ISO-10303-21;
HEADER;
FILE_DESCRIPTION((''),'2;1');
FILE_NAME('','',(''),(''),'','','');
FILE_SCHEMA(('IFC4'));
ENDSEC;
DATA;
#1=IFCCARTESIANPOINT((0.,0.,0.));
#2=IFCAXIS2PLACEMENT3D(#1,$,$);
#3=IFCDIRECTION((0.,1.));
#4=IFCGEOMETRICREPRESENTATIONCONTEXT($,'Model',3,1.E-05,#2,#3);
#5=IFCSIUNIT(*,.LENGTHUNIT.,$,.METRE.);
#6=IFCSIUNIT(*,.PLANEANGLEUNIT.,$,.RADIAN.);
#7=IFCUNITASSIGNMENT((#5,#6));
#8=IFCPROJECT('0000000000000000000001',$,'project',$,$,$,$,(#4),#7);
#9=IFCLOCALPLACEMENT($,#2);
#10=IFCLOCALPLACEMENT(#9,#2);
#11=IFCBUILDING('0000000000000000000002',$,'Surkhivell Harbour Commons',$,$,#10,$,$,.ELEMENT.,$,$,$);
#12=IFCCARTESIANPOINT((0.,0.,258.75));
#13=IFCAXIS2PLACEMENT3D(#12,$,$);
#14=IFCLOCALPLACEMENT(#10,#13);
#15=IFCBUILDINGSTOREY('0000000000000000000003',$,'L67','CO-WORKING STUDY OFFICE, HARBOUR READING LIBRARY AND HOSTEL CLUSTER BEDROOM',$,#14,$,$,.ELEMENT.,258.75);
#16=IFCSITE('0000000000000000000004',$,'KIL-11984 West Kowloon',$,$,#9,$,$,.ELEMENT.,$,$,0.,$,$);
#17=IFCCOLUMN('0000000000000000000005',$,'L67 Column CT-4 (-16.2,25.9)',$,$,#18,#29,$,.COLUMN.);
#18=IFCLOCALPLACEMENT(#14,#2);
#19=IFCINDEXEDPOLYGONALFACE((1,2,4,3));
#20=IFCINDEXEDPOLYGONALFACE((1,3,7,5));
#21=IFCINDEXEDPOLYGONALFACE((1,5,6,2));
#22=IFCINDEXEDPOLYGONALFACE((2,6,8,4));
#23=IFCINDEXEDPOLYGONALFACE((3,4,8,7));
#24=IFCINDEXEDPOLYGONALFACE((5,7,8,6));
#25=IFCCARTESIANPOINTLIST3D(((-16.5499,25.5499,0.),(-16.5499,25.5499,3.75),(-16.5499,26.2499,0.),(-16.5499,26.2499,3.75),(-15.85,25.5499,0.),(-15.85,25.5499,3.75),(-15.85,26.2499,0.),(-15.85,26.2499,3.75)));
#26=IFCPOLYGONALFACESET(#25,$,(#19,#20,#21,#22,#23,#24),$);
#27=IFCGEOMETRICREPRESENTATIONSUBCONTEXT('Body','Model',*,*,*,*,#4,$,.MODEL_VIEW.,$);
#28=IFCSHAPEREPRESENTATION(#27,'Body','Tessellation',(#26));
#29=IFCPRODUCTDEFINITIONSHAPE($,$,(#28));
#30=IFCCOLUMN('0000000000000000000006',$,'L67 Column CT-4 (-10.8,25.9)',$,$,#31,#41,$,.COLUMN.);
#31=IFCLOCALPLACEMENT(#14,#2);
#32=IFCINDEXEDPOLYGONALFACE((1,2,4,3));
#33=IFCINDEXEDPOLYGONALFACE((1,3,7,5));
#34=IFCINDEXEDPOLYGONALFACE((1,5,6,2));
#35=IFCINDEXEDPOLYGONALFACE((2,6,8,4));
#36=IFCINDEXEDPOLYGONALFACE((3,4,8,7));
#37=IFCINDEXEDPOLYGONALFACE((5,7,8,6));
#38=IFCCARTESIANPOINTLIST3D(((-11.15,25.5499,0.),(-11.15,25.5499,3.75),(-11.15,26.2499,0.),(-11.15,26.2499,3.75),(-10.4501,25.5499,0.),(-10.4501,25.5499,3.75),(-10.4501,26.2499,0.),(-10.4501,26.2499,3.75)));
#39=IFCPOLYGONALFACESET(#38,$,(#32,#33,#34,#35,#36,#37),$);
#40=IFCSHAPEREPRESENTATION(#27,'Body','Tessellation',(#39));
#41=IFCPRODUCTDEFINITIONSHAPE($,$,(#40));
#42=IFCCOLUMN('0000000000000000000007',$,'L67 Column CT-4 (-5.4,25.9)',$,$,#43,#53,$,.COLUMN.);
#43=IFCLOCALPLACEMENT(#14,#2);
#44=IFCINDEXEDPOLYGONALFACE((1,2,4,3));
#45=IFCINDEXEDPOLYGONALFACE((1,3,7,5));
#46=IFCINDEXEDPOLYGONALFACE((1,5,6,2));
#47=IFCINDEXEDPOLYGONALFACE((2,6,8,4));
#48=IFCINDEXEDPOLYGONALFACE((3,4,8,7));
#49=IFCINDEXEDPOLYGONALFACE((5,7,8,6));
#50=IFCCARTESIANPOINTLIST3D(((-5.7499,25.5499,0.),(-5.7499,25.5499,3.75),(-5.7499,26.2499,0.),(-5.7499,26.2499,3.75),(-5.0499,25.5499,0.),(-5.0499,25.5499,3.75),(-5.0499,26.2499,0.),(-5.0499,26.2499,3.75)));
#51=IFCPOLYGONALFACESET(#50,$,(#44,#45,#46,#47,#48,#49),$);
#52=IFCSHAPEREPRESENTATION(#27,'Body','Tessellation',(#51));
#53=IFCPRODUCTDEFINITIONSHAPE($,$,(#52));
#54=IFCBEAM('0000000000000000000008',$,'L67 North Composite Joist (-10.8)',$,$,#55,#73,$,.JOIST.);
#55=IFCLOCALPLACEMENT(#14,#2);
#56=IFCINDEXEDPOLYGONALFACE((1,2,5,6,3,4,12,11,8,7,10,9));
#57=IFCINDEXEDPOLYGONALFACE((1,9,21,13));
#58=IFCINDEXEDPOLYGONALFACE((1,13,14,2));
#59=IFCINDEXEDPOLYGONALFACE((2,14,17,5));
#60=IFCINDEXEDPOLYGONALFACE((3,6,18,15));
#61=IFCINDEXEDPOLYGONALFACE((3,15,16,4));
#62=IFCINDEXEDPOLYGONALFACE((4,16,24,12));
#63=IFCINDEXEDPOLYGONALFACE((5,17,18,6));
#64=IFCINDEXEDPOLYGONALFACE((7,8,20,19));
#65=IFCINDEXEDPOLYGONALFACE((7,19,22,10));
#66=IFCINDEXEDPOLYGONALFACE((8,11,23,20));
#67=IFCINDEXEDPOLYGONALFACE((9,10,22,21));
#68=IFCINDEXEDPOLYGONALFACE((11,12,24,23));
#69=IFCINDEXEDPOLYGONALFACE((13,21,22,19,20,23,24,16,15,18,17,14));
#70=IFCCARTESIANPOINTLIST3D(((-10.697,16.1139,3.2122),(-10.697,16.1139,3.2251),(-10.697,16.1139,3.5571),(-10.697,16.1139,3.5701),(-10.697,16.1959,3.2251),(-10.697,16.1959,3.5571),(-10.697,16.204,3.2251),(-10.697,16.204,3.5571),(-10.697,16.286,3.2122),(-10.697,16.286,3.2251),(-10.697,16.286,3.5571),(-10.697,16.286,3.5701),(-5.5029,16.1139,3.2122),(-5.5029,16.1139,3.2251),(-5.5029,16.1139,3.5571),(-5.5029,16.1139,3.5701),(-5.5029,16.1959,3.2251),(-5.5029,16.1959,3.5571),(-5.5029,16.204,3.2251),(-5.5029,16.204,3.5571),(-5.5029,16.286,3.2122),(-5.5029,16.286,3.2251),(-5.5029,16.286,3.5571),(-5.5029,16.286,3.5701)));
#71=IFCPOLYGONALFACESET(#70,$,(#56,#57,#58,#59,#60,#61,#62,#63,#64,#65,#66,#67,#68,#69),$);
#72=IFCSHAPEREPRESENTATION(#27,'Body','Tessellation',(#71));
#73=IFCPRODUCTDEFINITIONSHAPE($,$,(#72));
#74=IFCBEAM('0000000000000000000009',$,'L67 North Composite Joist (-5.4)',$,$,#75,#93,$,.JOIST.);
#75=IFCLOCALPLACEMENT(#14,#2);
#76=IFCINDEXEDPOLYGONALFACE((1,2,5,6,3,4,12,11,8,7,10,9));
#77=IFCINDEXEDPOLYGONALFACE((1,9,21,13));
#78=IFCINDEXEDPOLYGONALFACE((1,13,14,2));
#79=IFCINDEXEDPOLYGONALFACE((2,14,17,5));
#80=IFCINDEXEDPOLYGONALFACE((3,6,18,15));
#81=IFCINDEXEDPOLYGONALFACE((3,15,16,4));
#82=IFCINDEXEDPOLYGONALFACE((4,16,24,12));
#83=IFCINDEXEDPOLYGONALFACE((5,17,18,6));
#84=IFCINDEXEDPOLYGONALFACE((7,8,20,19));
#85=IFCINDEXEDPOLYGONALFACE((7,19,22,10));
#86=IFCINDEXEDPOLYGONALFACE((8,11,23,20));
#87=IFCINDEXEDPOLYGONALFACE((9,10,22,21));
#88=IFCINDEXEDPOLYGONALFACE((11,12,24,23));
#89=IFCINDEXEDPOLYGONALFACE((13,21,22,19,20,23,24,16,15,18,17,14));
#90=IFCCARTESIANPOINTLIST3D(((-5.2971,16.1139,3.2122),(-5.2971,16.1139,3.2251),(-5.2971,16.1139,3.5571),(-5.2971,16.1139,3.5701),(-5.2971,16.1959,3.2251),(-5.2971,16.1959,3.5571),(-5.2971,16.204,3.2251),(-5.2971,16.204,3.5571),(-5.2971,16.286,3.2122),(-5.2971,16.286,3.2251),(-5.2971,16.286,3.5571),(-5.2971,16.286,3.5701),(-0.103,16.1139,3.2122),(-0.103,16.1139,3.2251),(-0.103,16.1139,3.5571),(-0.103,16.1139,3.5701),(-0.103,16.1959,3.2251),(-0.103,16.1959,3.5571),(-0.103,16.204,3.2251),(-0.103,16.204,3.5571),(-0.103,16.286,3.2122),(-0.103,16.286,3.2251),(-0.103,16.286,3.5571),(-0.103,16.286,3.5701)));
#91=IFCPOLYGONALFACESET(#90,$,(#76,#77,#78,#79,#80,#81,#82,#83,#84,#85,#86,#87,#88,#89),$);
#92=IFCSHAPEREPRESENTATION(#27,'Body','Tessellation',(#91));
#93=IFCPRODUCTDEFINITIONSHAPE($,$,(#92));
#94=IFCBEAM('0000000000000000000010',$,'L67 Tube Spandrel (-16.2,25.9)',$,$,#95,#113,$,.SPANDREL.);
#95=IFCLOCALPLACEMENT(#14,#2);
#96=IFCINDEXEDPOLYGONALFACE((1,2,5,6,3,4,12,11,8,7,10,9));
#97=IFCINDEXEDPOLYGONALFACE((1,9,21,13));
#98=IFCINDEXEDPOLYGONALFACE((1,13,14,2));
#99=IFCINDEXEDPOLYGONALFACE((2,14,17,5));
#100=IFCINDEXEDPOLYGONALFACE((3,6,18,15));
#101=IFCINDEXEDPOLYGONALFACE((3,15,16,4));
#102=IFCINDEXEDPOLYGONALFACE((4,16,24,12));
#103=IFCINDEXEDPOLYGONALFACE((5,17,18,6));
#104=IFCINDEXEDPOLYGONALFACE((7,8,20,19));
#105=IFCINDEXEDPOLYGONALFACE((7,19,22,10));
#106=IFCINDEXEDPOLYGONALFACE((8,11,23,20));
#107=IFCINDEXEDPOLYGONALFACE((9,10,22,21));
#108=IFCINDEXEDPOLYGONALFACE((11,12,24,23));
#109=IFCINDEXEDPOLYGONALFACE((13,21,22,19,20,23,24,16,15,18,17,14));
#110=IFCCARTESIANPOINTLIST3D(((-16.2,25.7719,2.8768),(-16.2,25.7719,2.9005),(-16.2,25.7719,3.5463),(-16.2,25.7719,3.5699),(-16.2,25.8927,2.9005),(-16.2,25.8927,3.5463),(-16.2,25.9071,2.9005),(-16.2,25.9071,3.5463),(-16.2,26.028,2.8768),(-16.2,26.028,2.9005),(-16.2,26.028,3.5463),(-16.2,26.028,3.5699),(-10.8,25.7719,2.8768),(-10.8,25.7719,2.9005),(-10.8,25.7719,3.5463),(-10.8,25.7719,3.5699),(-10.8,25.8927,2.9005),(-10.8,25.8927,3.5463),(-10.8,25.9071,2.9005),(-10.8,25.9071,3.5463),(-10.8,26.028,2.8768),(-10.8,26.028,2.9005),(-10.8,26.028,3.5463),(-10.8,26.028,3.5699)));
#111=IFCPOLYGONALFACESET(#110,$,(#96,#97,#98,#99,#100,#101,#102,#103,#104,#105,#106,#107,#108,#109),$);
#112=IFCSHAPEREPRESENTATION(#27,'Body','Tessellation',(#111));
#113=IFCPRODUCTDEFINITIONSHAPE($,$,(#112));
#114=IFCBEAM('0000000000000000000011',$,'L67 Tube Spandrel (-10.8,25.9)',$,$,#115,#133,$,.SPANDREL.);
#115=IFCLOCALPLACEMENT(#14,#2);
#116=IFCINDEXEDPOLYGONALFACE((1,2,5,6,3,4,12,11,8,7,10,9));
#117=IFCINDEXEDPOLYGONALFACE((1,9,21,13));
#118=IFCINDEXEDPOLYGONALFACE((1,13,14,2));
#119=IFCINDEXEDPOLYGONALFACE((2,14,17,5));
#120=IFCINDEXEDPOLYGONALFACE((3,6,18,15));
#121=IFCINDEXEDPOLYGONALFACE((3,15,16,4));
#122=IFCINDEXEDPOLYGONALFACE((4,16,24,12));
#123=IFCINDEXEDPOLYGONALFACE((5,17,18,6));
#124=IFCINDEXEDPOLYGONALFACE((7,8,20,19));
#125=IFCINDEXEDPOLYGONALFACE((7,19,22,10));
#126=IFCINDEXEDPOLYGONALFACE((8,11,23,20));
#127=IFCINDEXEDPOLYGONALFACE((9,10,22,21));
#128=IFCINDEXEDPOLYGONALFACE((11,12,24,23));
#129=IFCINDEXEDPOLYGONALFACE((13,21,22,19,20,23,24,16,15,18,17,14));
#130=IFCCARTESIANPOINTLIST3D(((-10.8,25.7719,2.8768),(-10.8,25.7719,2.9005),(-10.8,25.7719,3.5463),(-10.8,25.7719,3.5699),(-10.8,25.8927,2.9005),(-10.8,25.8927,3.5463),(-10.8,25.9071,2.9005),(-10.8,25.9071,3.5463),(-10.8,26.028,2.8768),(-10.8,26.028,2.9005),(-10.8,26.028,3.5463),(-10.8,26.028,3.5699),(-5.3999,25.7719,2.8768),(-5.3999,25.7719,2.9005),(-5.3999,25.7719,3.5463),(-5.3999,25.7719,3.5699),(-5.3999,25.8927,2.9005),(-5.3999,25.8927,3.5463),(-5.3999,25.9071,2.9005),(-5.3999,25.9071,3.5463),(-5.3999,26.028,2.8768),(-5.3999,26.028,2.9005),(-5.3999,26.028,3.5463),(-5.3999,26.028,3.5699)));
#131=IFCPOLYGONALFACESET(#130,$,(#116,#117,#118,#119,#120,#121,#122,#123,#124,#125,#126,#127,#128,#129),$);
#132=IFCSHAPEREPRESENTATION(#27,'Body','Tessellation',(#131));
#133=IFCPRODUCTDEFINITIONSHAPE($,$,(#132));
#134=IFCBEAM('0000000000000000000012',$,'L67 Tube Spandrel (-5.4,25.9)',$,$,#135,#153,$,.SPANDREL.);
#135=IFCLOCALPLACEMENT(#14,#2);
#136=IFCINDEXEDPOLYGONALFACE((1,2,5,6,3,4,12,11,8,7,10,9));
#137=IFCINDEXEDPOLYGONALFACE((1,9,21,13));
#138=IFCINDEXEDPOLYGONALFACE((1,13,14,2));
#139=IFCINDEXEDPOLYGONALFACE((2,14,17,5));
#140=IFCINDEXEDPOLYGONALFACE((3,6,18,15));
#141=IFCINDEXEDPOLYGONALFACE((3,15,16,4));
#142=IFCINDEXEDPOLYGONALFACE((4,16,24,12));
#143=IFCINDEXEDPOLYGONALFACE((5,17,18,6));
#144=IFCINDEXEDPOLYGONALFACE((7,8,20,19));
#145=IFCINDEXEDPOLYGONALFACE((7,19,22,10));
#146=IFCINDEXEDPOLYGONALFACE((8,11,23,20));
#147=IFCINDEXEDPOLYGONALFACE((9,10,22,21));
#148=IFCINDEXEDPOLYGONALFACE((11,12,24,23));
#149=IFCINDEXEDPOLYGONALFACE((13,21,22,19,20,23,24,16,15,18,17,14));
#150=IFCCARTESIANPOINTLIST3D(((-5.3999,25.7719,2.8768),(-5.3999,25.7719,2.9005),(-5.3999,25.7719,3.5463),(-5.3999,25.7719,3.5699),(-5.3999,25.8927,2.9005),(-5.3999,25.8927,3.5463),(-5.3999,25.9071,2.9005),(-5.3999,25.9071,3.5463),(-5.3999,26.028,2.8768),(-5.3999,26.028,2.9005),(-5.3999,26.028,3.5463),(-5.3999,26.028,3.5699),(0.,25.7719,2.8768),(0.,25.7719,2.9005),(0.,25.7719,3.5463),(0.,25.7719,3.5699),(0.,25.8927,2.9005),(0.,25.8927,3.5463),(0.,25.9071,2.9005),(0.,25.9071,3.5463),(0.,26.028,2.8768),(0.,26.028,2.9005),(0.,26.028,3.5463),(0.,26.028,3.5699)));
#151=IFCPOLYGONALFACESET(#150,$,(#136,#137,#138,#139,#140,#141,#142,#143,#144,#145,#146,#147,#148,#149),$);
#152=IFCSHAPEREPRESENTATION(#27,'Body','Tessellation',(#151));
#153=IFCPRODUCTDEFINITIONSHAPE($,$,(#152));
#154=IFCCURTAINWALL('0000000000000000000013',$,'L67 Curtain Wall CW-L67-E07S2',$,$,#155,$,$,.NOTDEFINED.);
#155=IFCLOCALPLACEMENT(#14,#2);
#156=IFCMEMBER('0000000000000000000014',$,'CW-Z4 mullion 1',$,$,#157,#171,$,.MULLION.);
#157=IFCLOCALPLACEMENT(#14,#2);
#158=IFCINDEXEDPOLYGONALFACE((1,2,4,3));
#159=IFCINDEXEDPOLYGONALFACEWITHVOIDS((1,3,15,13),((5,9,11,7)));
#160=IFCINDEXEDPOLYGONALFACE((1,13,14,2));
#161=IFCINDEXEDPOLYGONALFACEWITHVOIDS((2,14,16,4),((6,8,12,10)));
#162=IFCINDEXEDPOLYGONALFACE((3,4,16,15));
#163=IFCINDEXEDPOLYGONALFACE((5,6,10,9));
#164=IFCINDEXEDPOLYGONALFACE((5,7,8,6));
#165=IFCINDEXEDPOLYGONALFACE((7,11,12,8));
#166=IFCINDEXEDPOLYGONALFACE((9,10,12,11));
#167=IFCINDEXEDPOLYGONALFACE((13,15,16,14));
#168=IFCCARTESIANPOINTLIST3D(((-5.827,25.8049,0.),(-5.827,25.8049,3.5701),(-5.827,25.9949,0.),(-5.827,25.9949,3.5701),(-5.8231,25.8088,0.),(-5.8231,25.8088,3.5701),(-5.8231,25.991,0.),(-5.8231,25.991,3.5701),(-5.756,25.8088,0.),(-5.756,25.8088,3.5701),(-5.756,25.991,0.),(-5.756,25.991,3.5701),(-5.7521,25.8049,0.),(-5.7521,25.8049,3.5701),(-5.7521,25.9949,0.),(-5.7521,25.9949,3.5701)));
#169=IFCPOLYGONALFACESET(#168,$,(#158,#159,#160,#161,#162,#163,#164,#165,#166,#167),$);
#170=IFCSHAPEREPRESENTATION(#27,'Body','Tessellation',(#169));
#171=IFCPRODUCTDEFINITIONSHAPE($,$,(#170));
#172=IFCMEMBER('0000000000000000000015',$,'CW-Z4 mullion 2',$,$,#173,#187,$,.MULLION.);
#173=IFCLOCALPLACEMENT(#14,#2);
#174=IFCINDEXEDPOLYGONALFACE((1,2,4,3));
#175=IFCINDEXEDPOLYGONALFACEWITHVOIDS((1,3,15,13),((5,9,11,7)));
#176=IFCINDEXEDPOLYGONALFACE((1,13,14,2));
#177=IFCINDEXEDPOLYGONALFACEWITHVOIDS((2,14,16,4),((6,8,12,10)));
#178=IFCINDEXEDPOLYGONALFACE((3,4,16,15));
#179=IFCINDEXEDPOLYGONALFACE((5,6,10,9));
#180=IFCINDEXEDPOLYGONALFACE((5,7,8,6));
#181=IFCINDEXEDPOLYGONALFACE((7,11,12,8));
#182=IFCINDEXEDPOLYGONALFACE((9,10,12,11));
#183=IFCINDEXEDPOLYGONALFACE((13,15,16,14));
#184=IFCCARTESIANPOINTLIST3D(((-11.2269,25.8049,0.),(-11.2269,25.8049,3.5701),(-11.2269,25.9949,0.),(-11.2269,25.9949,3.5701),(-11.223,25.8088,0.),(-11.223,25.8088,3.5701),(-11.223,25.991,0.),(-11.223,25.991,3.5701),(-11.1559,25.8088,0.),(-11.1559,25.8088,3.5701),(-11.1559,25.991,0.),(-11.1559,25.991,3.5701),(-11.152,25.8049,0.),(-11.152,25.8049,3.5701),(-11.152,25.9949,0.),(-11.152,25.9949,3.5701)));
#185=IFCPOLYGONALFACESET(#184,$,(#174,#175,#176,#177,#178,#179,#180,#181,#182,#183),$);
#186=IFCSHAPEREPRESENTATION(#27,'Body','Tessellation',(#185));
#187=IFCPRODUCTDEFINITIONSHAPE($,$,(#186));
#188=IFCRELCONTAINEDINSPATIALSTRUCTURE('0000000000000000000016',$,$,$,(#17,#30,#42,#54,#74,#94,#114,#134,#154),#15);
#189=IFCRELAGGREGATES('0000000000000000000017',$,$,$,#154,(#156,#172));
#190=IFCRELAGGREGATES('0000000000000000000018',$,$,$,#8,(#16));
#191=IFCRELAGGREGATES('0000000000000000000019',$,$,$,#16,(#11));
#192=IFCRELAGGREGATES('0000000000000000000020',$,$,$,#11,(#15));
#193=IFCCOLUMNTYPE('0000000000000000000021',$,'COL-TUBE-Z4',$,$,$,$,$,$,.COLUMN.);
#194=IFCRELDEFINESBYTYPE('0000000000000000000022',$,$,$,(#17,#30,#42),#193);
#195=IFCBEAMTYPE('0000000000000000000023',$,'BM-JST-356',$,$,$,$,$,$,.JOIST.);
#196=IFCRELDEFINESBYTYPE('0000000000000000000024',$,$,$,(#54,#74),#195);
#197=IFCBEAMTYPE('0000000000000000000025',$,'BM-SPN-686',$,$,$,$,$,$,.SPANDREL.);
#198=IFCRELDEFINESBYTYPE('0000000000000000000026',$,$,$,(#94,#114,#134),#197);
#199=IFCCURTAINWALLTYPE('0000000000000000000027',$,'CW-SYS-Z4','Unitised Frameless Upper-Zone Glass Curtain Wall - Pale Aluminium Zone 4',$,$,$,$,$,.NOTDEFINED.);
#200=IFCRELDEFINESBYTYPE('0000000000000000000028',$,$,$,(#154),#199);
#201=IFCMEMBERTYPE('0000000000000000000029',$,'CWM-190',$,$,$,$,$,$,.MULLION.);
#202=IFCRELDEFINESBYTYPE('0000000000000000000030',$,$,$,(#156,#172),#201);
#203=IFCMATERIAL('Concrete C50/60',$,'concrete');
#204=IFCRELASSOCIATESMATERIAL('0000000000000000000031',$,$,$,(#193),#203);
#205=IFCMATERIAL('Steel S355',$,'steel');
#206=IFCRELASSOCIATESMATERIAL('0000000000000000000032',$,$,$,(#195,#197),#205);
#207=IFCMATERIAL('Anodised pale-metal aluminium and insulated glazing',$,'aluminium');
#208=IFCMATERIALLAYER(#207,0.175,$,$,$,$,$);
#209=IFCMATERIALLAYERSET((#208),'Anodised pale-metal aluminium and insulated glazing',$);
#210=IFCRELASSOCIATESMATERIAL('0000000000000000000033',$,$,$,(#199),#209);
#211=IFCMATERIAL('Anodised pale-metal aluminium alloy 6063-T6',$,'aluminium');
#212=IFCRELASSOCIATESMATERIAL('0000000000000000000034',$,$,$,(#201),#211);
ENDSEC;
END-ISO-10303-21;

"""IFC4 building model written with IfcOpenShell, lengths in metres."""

from ifc_helpers import new_model, si_unit, direction, frame, origin, origin_2d, place, context, subcontext, project, spatial, rectangle, hollow_rectangle, i_section, extrude, material, layer, layer_set, material_profile, profile_set, type_object, element, aggregate, save


model = new_model("IFC4")

# Units and contexts
model_context = context("Model", 3, precision=1e-05, world=origin(), true_north=direction((0.0, 1.0)))
body_context = subcontext(model_context, "Body", "Model", "MODEL_VIEW")
ifc_project = project(units=[si_unit("LENGTHUNIT", "METRE"), si_unit("PLANEANGLEUNIT", "RADIAN")], contexts=[model_context])

# Site, building, storey
site_placement = place(None, origin())
site = spatial("IfcSite", under=ifc_project, at=site_placement, Name="KIL-11984 West Kowloon", CompositionType="ELEMENT", RefElevation=0.0)
building_placement = place(site_placement, origin())
building = spatial("IfcBuilding", under=site, at=building_placement, Name="Surkhivell Harbour Commons", CompositionType="ELEMENT")
storey_placement = place(building_placement, frame((0.0, 0.0, 258.75)))
storey = spatial("IfcBuildingStorey", under=building, at=storey_placement, Name="L67", Description="CO-WORKING STUDY OFFICE, HARBOUR READING LIBRARY AND HOSTEL CLUSTER BEDROOM", CompositionType="ELEMENT", Elevation=258.75)

# Columns
ifc_material_1 = material(Name="Concrete C50/60", Category="concrete")
ifc_material_profile_1 = material_profile(ifc_material_1, rectangle(XDim=0.7, YDim=0.7, at=origin_2d()), Name="RC-COL-700x700")
ifc_profile_set_1 = profile_set([ifc_material_profile_1], Name="Concrete C50/60")
column_type = type_object("IfcColumnType", Name="COL-TUBE-Z4", PredefinedType="COLUMN", material=ifc_profile_set_1)
for number, where, z_axis, x_axis, name in (
    (1, (-16.2, 25.8999, 0.0), (0.0, 0.0, 1.0), (1.0, 0.0, 0.0), "L67 Column CT-4 (-16.2,25.9)"),
    (2, (-10.8, 25.8999, 0.0), (0.0, 0.0, 1.0), (1.0, 0.0, 0.0), "L67 Column CT-4 (-10.8,25.9)"),
    (3, (-5.3999, 25.8999, 0.0), (0.0, 0.0, 1.0), (1.0, 0.0, 0.0), "L67 Column CT-4 (-5.4,25.9)"),
):
    element("IfcColumn", number, at=place(storey_placement, frame(where, z_axis=z_axis, x_axis=x_axis)), inside=storey, type_object=column_type, Name=name, PredefinedType="COLUMN", context=body_context, shape_type="SweptSolid", body=[
        extrude(rectangle(XDim=0.7, YDim=0.7, at=origin_2d()), origin(), (0.0, 0.0, 1.0), 3.75),
    ])

# Beams
ifc_material_2 = material(Name="Steel S355", Category="steel")
ifc_material_profile_2 = material_profile(ifc_material_2, i_section(OverallWidth=0.1721, OverallDepth=0.3579, WebThickness=0.0081, FlangeThickness=0.0129, at=origin_2d()), Name="UB356x171x57")
ifc_profile_set_2 = profile_set([ifc_material_profile_2], Name="Steel S355")
beam_type_1 = type_object("IfcBeamType", Name="BM-JST-356", PredefinedType="JOIST", material=ifc_profile_set_2)
for number, where, z_axis, x_axis, name in (
    (4, (-10.697, 16.2, 3.3911), (1.0, 0.0, 0.0), (0.0, 1.0, 0.0), "L67 North Composite Joist (-10.8)"),
    (5, (-5.2971, 16.2, 3.3911), (1.0, 0.0, 0.0), (0.0, 1.0, 0.0), "L67 North Composite Joist (-5.4)"),
):
    element("IfcBeam", number, at=place(storey_placement, frame(where, z_axis=z_axis, x_axis=x_axis)), inside=storey, type_object=beam_type_1, Name=name, PredefinedType="JOIST", context=body_context, shape_type="SweptSolid", body=[
        extrude(i_section(OverallWidth=0.1721, OverallDepth=0.3579, WebThickness=0.0081, FlangeThickness=0.0129, at=origin_2d()), origin(), (0.0, 0.0, 1.0), 5.1941),
    ])
ifc_material_profile_3 = material_profile(ifc_material_2, i_section(OverallWidth=0.2561, OverallDepth=0.6931, WebThickness=0.0144, FlangeThickness=0.0237, at=origin_2d()), Name="UB686x254x170")
ifc_profile_set_3 = profile_set([ifc_material_profile_3], Name="Steel S355")
beam_type_2 = type_object("IfcBeamType", Name="BM-SPN-686", PredefinedType="SPANDREL", material=ifc_profile_set_3)
beam_1_placement = place(storey_placement, frame((-16.2, 25.8999, 3.2234), z_axis=(1.0, 0.0, 0.0), x_axis=(0.0, 1.0, 0.0)))
element("IfcBeam", 6, at=beam_1_placement, inside=storey, type_object=beam_type_2, Name="L67 Tube Spandrel (-16.2,25.9)", PredefinedType="SPANDREL", context=body_context, shape_type="SweptSolid", body=[
    extrude(i_section(OverallWidth=0.2561, OverallDepth=0.6931, WebThickness=0.0144, FlangeThickness=0.0237, at=origin_2d()), origin(), (0.0, 0.0, 1.0), 5.3999),
])
beam_2_placement = place(storey_placement, frame((-10.8, 25.8999, 3.2234), z_axis=(1.0, 0.0, 0.0), x_axis=(0.0, 1.0, 0.0)))
element("IfcBeam", 7, at=beam_2_placement, inside=storey, type_object=beam_type_2, Name="L67 Tube Spandrel (-10.8,25.9)", PredefinedType="SPANDREL", context=body_context, shape_type="SweptSolid", body=[
    extrude(i_section(OverallWidth=0.2561, OverallDepth=0.6931, WebThickness=0.0144, FlangeThickness=0.0237, at=origin_2d()), origin(), (0.0, 0.0, 1.0), 5.4001),
])
beam_3_placement = place(storey_placement, frame((-5.3999, 25.8999, 3.2234), z_axis=(1.0, 0.0, 0.0), x_axis=(0.0, 1.0, 0.0)))
element("IfcBeam", 8, at=beam_3_placement, inside=storey, type_object=beam_type_2, Name="L67 Tube Spandrel (-5.4,25.9)", PredefinedType="SPANDREL", context=body_context, shape_type="SweptSolid", body=[
    extrude(i_section(OverallWidth=0.2561, OverallDepth=0.6931, WebThickness=0.0144, FlangeThickness=0.0237, at=origin_2d()), origin(), (0.0, 0.0, 1.0), 5.3999),
])

# Curtain wall, members
ifc_material_3 = material(Name="Anodised pale-metal aluminium and insulated glazing", Category="aluminium")
ifc_layer_1 = layer(ifc_material_3, 0.175)
ifc_layer_set_1 = layer_set([ifc_layer_1], Name="Anodised pale-metal aluminium and insulated glazing")
curtain_wall_type = type_object("IfcCurtainWallType", Name="CW-SYS-Z4", Description="Unitised Frameless Upper-Zone Glass Curtain Wall - Pale Aluminium Zone 4", PredefinedType="NOTDEFINED", material=ifc_layer_set_1)
curtain_wall_placement = place(storey_placement, origin())
curtain_wall = element("IfcCurtainWall", 9, at=curtain_wall_placement, inside=storey, type_object=curtain_wall_type, Name="L67 Curtain Wall CW-L67-E07S2", PredefinedType="NOTDEFINED")
ifc_material_4 = material(Name="Anodised pale-metal aluminium alloy 6063-T6", Category="aluminium")
ifc_material_profile_4 = material_profile(ifc_material_4, hollow_rectangle(XDim=0.075, YDim=0.1899, WallThickness=0.0039, at=origin_2d()), Name="ALU-MULL-75x190")
ifc_profile_set_4 = profile_set([ifc_material_profile_4], Name="Anodised pale-metal aluminium alloy 6063-T6")
member_type_1 = type_object("IfcMemberType", Name="CWM-190", PredefinedType="MULLION", material=ifc_profile_set_4)
member_1_placement = place(storey_placement, frame((-5.7896, 25.8999, 0.0), z_axis=(0.0, 0.0, 1.0), x_axis=(-1.0, 0.0, 0.0)))
member_1 = element("IfcMember", 10, at=member_1_placement, type_object=member_type_1, Name="CW-Z4 mullion 1", PredefinedType="MULLION", context=body_context, shape_type="SweptSolid", body=[
    extrude(hollow_rectangle(XDim=0.075, YDim=0.1899, WallThickness=0.0039, at=origin_2d()), origin(), (0.0, 0.0, 1.0), 3.5701),
])
member_2_placement = place(storey_placement, frame((-11.1895, 25.8999, 0.0), z_axis=(0.0, 0.0, 1.0), x_axis=(-1.0, 0.0, 0.0)))
member_2 = element("IfcMember", 11, at=member_2_placement, type_object=member_type_1, Name="CW-Z4 mullion 2", PredefinedType="MULLION", context=body_context, shape_type="SweptSolid", body=[
    extrude(hollow_rectangle(XDim=0.075, YDim=0.1899, WallThickness=0.0039, at=origin_2d()), origin(), (0.0, 0.0, 1.0), 3.5701),
])
aggregate(curtain_wall, [member_1, member_2])

save(model, "model.ifc")
